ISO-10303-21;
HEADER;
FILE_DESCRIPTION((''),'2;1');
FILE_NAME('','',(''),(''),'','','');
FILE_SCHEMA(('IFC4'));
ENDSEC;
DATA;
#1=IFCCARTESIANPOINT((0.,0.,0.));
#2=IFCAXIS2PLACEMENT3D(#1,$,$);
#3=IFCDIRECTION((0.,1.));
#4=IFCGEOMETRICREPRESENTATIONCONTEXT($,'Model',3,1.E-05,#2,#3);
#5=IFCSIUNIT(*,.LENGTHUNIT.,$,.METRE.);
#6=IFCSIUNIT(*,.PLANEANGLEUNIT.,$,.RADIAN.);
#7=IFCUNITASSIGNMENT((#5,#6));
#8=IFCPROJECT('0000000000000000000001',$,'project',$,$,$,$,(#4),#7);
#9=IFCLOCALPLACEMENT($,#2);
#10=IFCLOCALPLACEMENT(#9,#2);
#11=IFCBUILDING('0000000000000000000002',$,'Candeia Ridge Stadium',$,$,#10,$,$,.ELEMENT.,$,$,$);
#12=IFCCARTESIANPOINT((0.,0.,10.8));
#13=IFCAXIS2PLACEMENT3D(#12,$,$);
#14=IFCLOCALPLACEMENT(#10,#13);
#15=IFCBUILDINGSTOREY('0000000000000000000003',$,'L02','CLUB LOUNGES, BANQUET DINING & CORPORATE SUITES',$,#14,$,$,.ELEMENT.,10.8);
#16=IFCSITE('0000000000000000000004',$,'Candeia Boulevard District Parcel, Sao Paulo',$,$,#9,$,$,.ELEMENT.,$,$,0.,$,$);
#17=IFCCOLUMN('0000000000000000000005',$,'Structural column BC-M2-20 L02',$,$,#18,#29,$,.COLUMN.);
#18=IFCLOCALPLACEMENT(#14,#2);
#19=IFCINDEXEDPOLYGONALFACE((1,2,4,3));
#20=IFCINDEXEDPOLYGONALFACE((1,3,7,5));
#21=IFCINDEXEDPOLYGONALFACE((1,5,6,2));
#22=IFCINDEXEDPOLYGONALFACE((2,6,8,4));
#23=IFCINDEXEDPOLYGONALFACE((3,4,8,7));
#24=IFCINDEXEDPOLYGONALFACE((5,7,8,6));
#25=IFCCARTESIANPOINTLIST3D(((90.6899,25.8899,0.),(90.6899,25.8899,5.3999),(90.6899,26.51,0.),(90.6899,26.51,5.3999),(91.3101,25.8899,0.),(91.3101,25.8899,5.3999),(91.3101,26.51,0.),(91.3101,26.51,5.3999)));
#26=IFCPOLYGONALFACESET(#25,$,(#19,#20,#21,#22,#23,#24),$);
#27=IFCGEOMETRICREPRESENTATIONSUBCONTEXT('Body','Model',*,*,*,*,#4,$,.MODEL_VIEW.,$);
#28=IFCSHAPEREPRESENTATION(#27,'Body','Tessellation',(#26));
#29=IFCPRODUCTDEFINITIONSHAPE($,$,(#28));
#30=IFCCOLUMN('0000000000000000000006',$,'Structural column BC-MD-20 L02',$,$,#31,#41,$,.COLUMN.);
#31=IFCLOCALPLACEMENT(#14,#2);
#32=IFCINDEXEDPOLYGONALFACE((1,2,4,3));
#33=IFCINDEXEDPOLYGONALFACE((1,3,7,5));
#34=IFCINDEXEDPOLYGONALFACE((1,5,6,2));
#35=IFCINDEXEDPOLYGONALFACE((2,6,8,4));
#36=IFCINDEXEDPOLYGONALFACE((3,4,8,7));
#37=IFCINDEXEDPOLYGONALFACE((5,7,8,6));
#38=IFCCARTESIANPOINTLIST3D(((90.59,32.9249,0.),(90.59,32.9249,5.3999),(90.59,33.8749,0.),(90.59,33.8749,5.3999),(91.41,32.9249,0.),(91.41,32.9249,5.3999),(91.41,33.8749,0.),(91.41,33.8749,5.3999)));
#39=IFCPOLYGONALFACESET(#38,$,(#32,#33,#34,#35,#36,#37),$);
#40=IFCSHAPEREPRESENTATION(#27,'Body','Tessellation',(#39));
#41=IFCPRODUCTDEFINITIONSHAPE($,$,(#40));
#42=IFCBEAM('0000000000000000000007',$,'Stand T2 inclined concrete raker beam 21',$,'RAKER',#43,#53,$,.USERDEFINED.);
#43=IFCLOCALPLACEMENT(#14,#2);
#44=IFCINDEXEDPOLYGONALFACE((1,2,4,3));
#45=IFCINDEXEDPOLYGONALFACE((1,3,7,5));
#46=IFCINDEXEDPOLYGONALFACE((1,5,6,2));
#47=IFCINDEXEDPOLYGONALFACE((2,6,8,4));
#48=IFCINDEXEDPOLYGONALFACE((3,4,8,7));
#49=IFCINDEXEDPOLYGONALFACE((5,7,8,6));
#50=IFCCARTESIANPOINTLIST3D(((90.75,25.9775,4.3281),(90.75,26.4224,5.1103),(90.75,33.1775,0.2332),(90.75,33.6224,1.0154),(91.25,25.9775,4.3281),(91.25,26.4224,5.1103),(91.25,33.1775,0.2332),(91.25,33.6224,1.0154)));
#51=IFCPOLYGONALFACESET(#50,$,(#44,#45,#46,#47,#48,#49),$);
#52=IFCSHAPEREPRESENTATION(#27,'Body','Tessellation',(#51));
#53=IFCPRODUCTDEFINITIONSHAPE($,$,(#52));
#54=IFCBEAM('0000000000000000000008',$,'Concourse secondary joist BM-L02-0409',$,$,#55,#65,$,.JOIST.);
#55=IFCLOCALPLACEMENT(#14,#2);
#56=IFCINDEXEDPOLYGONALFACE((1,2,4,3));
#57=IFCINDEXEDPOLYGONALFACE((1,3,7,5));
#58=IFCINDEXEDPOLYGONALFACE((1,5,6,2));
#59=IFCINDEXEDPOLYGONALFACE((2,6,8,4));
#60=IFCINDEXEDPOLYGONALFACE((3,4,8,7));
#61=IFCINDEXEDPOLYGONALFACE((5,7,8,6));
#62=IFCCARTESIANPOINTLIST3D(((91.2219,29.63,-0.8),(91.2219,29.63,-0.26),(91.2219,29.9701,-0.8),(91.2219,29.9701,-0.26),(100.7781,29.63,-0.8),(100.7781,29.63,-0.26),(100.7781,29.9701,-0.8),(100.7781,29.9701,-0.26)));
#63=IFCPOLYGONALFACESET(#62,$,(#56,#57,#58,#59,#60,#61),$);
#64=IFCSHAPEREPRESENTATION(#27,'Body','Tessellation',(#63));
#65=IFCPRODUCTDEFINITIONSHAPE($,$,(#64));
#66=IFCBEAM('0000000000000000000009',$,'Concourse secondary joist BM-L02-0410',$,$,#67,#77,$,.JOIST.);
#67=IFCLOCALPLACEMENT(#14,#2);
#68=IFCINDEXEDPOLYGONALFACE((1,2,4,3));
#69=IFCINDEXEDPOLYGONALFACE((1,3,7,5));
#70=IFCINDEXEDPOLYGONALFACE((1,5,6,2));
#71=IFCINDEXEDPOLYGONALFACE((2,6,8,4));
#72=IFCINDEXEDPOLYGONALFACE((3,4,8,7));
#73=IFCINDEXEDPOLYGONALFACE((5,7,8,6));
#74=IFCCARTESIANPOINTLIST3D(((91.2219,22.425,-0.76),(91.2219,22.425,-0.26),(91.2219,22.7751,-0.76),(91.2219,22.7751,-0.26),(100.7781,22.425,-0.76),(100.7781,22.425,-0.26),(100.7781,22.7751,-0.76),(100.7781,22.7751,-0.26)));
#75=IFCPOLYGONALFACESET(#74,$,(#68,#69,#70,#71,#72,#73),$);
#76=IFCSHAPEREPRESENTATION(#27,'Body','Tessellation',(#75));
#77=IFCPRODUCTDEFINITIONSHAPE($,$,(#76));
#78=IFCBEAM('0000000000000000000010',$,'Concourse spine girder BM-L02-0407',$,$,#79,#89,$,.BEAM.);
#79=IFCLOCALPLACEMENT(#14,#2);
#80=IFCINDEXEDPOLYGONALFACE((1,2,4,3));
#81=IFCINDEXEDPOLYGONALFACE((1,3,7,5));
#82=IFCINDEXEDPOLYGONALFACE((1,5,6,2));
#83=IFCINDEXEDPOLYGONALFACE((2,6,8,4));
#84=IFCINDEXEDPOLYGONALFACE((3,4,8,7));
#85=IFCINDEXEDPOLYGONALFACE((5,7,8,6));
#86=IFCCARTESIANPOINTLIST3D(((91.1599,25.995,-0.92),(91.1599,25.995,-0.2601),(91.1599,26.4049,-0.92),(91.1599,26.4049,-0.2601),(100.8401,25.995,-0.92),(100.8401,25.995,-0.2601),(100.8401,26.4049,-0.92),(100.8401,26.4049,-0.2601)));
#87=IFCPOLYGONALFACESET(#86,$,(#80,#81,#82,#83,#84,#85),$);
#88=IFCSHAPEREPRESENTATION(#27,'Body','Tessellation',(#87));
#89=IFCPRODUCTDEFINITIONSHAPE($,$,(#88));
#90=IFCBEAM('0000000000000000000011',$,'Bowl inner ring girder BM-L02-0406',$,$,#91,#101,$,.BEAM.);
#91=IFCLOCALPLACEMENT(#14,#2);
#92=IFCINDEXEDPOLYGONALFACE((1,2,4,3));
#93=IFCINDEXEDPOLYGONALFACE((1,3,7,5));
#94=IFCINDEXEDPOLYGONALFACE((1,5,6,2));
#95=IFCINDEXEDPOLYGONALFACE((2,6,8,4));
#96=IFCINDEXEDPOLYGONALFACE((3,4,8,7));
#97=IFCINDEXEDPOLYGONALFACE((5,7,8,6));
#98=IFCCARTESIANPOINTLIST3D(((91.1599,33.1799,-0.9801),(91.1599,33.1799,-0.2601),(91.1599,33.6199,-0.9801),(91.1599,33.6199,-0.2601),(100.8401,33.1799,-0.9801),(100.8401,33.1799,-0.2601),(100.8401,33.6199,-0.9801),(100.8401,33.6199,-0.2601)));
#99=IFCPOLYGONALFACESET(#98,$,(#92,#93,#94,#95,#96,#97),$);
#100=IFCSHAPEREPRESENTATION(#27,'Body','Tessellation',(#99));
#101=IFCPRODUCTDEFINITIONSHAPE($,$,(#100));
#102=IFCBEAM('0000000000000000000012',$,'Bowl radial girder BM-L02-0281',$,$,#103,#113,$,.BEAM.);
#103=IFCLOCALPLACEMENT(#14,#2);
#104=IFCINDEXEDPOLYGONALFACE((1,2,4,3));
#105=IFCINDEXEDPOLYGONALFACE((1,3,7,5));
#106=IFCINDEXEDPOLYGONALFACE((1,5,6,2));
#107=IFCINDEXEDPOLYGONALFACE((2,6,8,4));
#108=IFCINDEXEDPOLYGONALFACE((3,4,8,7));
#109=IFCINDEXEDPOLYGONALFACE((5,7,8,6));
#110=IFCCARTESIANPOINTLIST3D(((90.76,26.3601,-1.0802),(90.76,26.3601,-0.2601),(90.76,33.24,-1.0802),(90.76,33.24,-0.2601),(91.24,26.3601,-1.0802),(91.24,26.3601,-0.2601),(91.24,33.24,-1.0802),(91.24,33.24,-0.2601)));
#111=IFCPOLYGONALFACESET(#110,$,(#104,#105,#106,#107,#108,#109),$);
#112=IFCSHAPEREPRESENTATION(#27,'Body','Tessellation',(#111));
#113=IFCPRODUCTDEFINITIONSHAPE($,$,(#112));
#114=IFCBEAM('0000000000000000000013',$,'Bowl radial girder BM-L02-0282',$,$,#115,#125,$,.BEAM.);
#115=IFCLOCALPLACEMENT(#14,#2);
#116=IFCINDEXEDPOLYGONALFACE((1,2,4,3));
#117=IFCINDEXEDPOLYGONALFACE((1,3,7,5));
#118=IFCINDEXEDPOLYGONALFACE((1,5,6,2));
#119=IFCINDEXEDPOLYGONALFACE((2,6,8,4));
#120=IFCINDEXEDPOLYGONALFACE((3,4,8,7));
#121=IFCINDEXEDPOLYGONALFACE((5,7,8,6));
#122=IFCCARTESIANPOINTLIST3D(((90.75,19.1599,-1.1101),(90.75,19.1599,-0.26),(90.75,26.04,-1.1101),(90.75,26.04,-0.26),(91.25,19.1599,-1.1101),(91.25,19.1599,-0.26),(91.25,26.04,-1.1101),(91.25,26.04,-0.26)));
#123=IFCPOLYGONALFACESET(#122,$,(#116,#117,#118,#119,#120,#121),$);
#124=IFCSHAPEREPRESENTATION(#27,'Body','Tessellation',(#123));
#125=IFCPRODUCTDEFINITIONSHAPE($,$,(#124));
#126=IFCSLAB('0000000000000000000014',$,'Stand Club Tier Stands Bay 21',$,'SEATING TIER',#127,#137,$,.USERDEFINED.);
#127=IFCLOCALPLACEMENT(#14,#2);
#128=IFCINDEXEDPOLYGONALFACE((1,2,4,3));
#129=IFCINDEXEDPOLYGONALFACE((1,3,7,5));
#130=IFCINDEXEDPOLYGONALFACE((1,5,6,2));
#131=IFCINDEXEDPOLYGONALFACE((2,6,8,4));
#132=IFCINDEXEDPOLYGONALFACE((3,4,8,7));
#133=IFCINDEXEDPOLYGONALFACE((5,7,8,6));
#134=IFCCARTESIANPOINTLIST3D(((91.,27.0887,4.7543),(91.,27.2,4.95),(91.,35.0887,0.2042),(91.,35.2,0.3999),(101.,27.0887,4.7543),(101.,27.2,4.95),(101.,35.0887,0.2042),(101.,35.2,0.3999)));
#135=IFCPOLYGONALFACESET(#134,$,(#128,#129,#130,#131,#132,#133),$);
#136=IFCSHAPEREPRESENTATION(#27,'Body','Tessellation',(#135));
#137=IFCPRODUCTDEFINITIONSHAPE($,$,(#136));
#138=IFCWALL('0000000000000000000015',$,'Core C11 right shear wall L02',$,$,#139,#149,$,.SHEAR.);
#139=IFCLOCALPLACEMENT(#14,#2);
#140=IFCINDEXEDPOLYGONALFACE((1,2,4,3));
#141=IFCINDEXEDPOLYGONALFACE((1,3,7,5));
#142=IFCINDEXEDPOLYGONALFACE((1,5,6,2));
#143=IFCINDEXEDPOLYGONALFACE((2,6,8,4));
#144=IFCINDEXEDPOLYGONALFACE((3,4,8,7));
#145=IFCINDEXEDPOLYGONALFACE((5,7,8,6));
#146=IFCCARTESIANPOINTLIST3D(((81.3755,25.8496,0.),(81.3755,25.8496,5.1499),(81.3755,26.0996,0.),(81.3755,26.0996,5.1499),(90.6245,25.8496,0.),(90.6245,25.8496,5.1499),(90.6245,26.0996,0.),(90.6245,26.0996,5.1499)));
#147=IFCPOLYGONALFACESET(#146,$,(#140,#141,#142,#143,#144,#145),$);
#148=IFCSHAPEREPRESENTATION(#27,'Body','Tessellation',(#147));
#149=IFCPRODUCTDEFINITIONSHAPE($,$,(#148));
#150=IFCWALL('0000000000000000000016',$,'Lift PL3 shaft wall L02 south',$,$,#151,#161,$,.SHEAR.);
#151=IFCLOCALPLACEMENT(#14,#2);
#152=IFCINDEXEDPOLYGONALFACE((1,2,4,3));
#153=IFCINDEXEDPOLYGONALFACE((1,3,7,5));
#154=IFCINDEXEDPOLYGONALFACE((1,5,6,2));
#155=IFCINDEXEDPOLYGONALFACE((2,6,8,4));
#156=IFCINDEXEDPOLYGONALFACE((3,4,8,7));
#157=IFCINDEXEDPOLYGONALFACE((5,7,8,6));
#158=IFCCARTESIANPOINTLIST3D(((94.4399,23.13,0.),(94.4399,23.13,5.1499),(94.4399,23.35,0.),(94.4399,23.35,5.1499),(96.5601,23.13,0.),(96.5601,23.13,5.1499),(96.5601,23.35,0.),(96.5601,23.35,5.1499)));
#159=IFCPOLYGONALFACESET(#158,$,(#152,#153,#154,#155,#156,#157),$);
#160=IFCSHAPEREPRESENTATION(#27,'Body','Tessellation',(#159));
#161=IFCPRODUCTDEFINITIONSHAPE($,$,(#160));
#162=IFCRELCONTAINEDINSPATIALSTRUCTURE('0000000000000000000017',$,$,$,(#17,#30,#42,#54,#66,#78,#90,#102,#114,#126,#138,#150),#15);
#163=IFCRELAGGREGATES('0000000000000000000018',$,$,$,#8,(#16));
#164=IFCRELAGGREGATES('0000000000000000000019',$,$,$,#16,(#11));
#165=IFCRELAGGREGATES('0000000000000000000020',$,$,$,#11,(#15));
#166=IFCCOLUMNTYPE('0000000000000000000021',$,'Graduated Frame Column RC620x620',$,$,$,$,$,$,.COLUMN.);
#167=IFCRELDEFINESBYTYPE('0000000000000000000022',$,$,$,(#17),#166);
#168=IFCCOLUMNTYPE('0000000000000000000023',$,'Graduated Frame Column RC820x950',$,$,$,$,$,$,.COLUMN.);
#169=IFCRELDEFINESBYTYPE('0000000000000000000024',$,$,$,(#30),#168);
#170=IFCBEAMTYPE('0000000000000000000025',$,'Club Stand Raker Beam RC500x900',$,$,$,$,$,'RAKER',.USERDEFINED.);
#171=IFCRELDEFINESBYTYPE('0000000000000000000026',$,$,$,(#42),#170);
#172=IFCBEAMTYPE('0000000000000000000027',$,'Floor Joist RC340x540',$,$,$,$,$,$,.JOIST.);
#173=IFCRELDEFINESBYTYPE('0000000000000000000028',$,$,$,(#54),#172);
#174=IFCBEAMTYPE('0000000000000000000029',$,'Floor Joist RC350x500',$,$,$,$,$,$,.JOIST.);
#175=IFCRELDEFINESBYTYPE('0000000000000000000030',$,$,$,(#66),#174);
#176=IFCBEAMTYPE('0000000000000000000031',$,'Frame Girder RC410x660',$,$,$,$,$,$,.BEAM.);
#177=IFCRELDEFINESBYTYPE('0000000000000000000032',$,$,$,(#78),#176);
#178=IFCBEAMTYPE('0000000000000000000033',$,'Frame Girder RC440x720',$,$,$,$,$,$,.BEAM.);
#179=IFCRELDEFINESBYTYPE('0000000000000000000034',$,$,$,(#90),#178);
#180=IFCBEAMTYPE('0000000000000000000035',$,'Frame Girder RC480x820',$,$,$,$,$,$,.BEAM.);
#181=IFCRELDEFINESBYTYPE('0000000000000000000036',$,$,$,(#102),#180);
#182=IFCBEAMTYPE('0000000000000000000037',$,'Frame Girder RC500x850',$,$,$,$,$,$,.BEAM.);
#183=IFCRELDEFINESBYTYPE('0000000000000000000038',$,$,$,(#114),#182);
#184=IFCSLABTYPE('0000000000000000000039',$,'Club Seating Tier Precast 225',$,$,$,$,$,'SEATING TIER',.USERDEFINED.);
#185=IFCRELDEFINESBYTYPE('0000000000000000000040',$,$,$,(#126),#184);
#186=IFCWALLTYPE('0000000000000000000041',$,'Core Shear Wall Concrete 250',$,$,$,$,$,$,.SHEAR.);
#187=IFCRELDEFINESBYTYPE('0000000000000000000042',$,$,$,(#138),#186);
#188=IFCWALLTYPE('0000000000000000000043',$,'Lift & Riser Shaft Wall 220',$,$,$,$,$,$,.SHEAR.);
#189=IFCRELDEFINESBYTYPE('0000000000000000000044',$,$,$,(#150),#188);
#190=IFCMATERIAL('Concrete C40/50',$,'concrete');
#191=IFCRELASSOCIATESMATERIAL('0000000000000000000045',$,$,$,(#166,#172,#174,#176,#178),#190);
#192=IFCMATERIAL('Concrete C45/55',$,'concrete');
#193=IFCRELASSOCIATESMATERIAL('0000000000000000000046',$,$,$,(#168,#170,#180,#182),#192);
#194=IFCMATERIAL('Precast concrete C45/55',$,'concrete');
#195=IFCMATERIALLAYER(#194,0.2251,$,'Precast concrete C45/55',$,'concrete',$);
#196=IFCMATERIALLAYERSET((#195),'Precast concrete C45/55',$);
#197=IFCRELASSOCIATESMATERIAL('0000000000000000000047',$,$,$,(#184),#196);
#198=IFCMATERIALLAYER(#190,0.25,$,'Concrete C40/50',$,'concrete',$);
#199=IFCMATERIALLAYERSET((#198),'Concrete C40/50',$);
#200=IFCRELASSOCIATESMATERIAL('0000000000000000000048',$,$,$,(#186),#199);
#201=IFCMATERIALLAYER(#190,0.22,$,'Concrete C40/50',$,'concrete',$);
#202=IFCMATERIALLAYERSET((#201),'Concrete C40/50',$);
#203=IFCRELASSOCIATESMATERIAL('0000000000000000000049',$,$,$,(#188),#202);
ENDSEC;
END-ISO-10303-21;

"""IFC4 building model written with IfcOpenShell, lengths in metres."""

from ifc_helpers import new_model, si_unit, direction, frame, frame_2d, origin, origin_2d, place, context, subcontext, project, spatial, polyline, rectangle, outline, extrude, material, layer, layer_set, material_profile, profile_set, type_object, element, save


model = new_model("IFC4")

# Units and contexts
model_context = context("Model", 3, precision=1e-05, world=origin(), true_north=direction((0.0, 1.0)))
body_context = subcontext(model_context, "Body", "Model", "MODEL_VIEW")
ifc_project = project(units=[si_unit("LENGTHUNIT", "METRE"), si_unit("PLANEANGLEUNIT", "RADIAN")], contexts=[model_context])

# Site, building, storey
site_placement = place(None, origin())
site = spatial("IfcSite", under=ifc_project, at=site_placement, Name="Candeia Boulevard District Parcel, Sao Paulo", CompositionType="ELEMENT", RefElevation=0.0)
building_placement = place(site_placement, origin())
building = spatial("IfcBuilding", under=site, at=building_placement, Name="Candeia Ridge Stadium", CompositionType="ELEMENT")
storey_placement = place(building_placement, frame((0.0, 0.0, 10.8)))
storey = spatial("IfcBuildingStorey", under=building, at=storey_placement, Name="L02", Description="CLUB LOUNGES, BANQUET DINING & CORPORATE SUITES", CompositionType="ELEMENT", Elevation=10.8)

# Columns
ifc_material_1 = material(Name="Concrete C40/50", Category="concrete")
ifc_material_profile_1 = material_profile(ifc_material_1, rectangle(XDim=0.6201, YDim=0.6201, at=origin_2d()), Name="RC620x620", Category="concrete")
ifc_profile_set_1 = profile_set([ifc_material_profile_1], Name="Concrete C40/50")
column_type_1 = type_object("IfcColumnType", Name="Graduated Frame Column RC620x620", PredefinedType="COLUMN", material=ifc_profile_set_1)
column_1_placement = place(storey_placement, frame((91.0, 26.2, 0.0), z_axis=(0.0, 0.0, 1.0), x_axis=(1.0, 0.0, 0.0)))
element("IfcColumn", 1, at=column_1_placement, inside=storey, type_object=column_type_1, Name="Structural column BC-M2-20 L02", PredefinedType="COLUMN", context=body_context, shape_type="SweptSolid", body=[
    extrude(rectangle(XDim=0.6201, YDim=0.6201, at=origin_2d()), origin(), (0.0, 0.0, 1.0), 5.3999),
])
ifc_material_2 = material(Name="Concrete C45/55", Category="concrete")
ifc_material_profile_2 = material_profile(ifc_material_2, rectangle(XDim=0.8201, YDim=0.95, at=origin_2d()), Name="RC820x950", Category="concrete")
ifc_profile_set_2 = profile_set([ifc_material_profile_2], Name="Concrete C45/55")
column_type_2 = type_object("IfcColumnType", Name="Graduated Frame Column RC820x950", PredefinedType="COLUMN", material=ifc_profile_set_2)
column_2_placement = place(storey_placement, frame((91.0, 33.3999, 0.0), z_axis=(0.0, 0.0, 1.0), x_axis=(1.0, 0.0, 0.0)))
element("IfcColumn", 2, at=column_2_placement, inside=storey, type_object=column_type_2, Name="Structural column BC-MD-20 L02", PredefinedType="COLUMN", context=body_context, shape_type="SweptSolid", body=[
    extrude(rectangle(XDim=0.8201, YDim=0.95, at=origin_2d()), origin(), (0.0, 0.0, 1.0), 5.3999),
])

# Beams
ifc_material_profile_3 = material_profile(ifc_material_2, rectangle(XDim=0.5, YDim=0.8999, at=origin_2d()), Name="RC500x900", Category="concrete")
ifc_profile_set_3 = profile_set([ifc_material_profile_3], Name="Concrete C45/55")
beam_type_1 = type_object("IfcBeamType", Name="Club Stand Raker Beam RC500x900", ElementType="RAKER", PredefinedType="USERDEFINED", material=ifc_profile_set_3)
beam_1_placement = place(storey_placement, frame((91.0, 33.3999, 0.6243), z_axis=(0.0, -0.869244, 0.494383), x_axis=(1.0, 0.0, 0.0)))
element("IfcBeam", 3, at=beam_1_placement, inside=storey, type_object=beam_type_1, Name="Stand T2 inclined concrete raker beam 21", ObjectType="RAKER", PredefinedType="USERDEFINED", context=body_context, shape_type="SweptSolid", body=[
    extrude(rectangle(XDim=0.5, YDim=0.8999, at=origin_2d()), origin(), (0.0, 0.0, 1.0), 8.283),
])
ifc_material_profile_4 = material_profile(ifc_material_1, rectangle(XDim=0.3401, YDim=0.54, at=origin_2d()), Name="RC340x540", Category="concrete")
ifc_profile_set_4 = profile_set([ifc_material_profile_4], Name="Concrete C40/50")
beam_type_2 = type_object("IfcBeamType", Name="Floor Joist RC340x540", PredefinedType="JOIST", material=ifc_profile_set_4)
beam_2_placement = place(storey_placement, frame((91.2219, 29.8, -0.53), z_axis=(1.0, 0.0, 0.0), x_axis=(0.0, 1.0, 0.0)))
element("IfcBeam", 4, at=beam_2_placement, inside=storey, type_object=beam_type_2, Name="Concourse secondary joist BM-L02-0409", PredefinedType="JOIST", context=body_context, shape_type="SweptSolid", body=[
    extrude(rectangle(XDim=0.3401, YDim=0.54, at=origin_2d()), origin(), (0.0, 0.0, 1.0), 9.5562),
])
ifc_material_profile_5 = material_profile(ifc_material_1, rectangle(XDim=0.3501, YDim=0.5, at=origin_2d()), Name="RC350x500", Category="concrete")
ifc_profile_set_5 = profile_set([ifc_material_profile_5], Name="Concrete C40/50")
beam_type_3 = type_object("IfcBeamType", Name="Floor Joist RC350x500", PredefinedType="JOIST", material=ifc_profile_set_5)
beam_3_placement = place(storey_placement, frame((91.2219, 22.6001, -0.51), z_axis=(1.0, 0.0, 0.0), x_axis=(0.0, 1.0, 0.0)))
element("IfcBeam", 5, at=beam_3_placement, inside=storey, type_object=beam_type_3, Name="Concourse secondary joist BM-L02-0410", PredefinedType="JOIST", context=body_context, shape_type="SweptSolid", body=[
    extrude(rectangle(XDim=0.3501, YDim=0.5, at=origin_2d()), origin(), (0.0, 0.0, 1.0), 9.5562),
])
ifc_material_profile_6 = material_profile(ifc_material_1, rectangle(XDim=0.4099, YDim=0.6599, at=origin_2d()), Name="RC410x660", Category="concrete")
ifc_profile_set_6 = profile_set([ifc_material_profile_6], Name="Concrete C40/50")
beam_type_4 = type_object("IfcBeamType", Name="Frame Girder RC410x660", PredefinedType="BEAM", material=ifc_profile_set_6)
beam_4_placement = place(storey_placement, frame((91.1599, 26.2, -0.5901), z_axis=(1.0, 0.0, 0.0), x_axis=(0.0, 1.0, 0.0)))
element("IfcBeam", 6, at=beam_4_placement, inside=storey, type_object=beam_type_4, Name="Concourse spine girder BM-L02-0407", PredefinedType="BEAM", context=body_context, shape_type="SweptSolid", body=[
    extrude(rectangle(XDim=0.4099, YDim=0.6599, at=origin_2d()), origin(), (0.0, 0.0, 1.0), 9.6802),
])
ifc_material_profile_7 = material_profile(ifc_material_1, rectangle(XDim=0.4399, YDim=0.72, at=origin_2d()), Name="RC440x720", Category="concrete")
ifc_profile_set_7 = profile_set([ifc_material_profile_7], Name="Concrete C40/50")
beam_type_5 = type_object("IfcBeamType", Name="Frame Girder RC440x720", PredefinedType="BEAM", material=ifc_profile_set_7)
beam_5_placement = place(storey_placement, frame((91.1599, 33.3999, -0.6201), z_axis=(1.0, 0.0, 0.0), x_axis=(0.0, 1.0, 0.0)))
element("IfcBeam", 7, at=beam_5_placement, inside=storey, type_object=beam_type_5, Name="Bowl inner ring girder BM-L02-0406", PredefinedType="BEAM", context=body_context, shape_type="SweptSolid", body=[
    extrude(rectangle(XDim=0.4399, YDim=0.72, at=origin_2d()), origin(), (0.0, 0.0, 1.0), 9.6802),
])
ifc_material_profile_8 = material_profile(ifc_material_2, rectangle(XDim=0.48, YDim=0.8201, at=origin_2d()), Name="RC480x820", Category="concrete")
ifc_profile_set_8 = profile_set([ifc_material_profile_8], Name="Concrete C45/55")
beam_type_6 = type_object("IfcBeamType", Name="Frame Girder RC480x820", PredefinedType="BEAM", material=ifc_profile_set_8)
beam_6_placement = place(storey_placement, frame((91.0, 33.24, -0.6702), z_axis=(0.0, -1.0, 0.0), x_axis=(1.0, 0.0, 0.0)))
element("IfcBeam", 8, at=beam_6_placement, inside=storey, type_object=beam_type_6, Name="Bowl radial girder BM-L02-0281", PredefinedType="BEAM", context=body_context, shape_type="SweptSolid", body=[
    extrude(rectangle(XDim=0.48, YDim=0.8201, at=origin_2d()), origin(), (0.0, 0.0, 1.0), 6.8799),
])
ifc_material_profile_9 = material_profile(ifc_material_2, rectangle(XDim=0.5, YDim=0.8501, at=origin_2d()), Name="RC500x850", Category="concrete")
ifc_profile_set_9 = profile_set([ifc_material_profile_9], Name="Concrete C45/55")
beam_type_7 = type_object("IfcBeamType", Name="Frame Girder RC500x850", PredefinedType="BEAM", material=ifc_profile_set_9)
beam_7_placement = place(storey_placement, frame((91.0, 26.04, -0.6851), z_axis=(0.0, -1.0, 0.0), x_axis=(1.0, 0.0, 0.0)))
element("IfcBeam", 9, at=beam_7_placement, inside=storey, type_object=beam_type_7, Name="Bowl radial girder BM-L02-0282", PredefinedType="BEAM", context=body_context, shape_type="SweptSolid", body=[
    extrude(rectangle(XDim=0.5, YDim=0.8501, at=origin_2d()), origin(), (0.0, 0.0, 1.0), 6.8801),
])

# Slab
ifc_material_3 = material(Name="Precast concrete C45/55", Category="concrete")
ifc_layer_1 = layer(ifc_material_3, 0.2251, Name="Precast concrete C45/55", Category="concrete")
ifc_layer_set_1 = layer_set([ifc_layer_1], Name="Precast concrete C45/55")
slab_type = type_object("IfcSlabType", Name="Club Seating Tier Precast 225", ElementType="SEATING TIER", PredefinedType="USERDEFINED", material=ifc_layer_set_1)
slab_placement = place(storey_placement, frame((91.0, 35.2, 0.3999), z_axis=(0.0, 0.494387, 0.869242), x_axis=(1.0, 0.0, 0.0)))
element("IfcSlab", 10, at=slab_placement, inside=storey, type_object=slab_type, Name="Stand Club Tier Stands Bay 21", ObjectType="SEATING TIER", PredefinedType="USERDEFINED", context=body_context, shape_type="SweptSolid", body=[
    extrude(outline(polyline([(0.0, 0.0), (10.0, 0.0), (10.0, -9.2034), (0.0, -9.2034), (0.0, 0.0)])), origin(), (0.0, 0.0, -1.0), 0.2251),
])

# Walls
ifc_layer_2 = layer(ifc_material_1, 0.25, Name="Concrete C40/50", Category="concrete")
ifc_layer_set_2 = layer_set([ifc_layer_2], Name="Concrete C40/50")
wall_type_1 = type_object("IfcWallType", Name="Core Shear Wall Concrete 250", PredefinedType="SHEAR", material=ifc_layer_set_2)
wall_1_placement = place(storey_placement, frame((90.6245, 25.9746, 0.0), z_axis=(0.0, 0.0, 1.0), x_axis=(-1.0, 0.0, 0.0)))
element("IfcWall", 11, at=wall_1_placement, inside=storey, type_object=wall_type_1, Name="Core C11 right shear wall L02", PredefinedType="SHEAR", context=body_context, shape_type="SweptSolid", body=[
    extrude(rectangle(XDim=9.249, YDim=0.25, at=frame_2d((4.6245, 0.0))), origin(), (0.0, 0.0, 1.0), 5.1499),
])
ifc_layer_3 = layer(ifc_material_1, 0.22, Name="Concrete C40/50", Category="concrete")
ifc_layer_set_3 = layer_set([ifc_layer_3], Name="Concrete C40/50")
wall_type_2 = type_object("IfcWallType", Name="Lift & Riser Shaft Wall 220", PredefinedType="SHEAR", material=ifc_layer_set_3)
wall_2_placement = place(storey_placement, frame((94.4399, 23.24, 0.0), z_axis=(0.0, 0.0, 1.0), x_axis=(1.0, 0.0, 0.0)))
element("IfcWall", 12, at=wall_2_placement, inside=storey, type_object=wall_type_2, Name="Lift PL3 shaft wall L02 south", PredefinedType="SHEAR", context=body_context, shape_type="SweptSolid", body=[
    extrude(rectangle(XDim=2.1201, YDim=0.22, at=frame_2d((1.0601, 0.0))), origin(), (0.0, 0.0, 1.0), 5.1499),
])

save(model, "model.ifc")
